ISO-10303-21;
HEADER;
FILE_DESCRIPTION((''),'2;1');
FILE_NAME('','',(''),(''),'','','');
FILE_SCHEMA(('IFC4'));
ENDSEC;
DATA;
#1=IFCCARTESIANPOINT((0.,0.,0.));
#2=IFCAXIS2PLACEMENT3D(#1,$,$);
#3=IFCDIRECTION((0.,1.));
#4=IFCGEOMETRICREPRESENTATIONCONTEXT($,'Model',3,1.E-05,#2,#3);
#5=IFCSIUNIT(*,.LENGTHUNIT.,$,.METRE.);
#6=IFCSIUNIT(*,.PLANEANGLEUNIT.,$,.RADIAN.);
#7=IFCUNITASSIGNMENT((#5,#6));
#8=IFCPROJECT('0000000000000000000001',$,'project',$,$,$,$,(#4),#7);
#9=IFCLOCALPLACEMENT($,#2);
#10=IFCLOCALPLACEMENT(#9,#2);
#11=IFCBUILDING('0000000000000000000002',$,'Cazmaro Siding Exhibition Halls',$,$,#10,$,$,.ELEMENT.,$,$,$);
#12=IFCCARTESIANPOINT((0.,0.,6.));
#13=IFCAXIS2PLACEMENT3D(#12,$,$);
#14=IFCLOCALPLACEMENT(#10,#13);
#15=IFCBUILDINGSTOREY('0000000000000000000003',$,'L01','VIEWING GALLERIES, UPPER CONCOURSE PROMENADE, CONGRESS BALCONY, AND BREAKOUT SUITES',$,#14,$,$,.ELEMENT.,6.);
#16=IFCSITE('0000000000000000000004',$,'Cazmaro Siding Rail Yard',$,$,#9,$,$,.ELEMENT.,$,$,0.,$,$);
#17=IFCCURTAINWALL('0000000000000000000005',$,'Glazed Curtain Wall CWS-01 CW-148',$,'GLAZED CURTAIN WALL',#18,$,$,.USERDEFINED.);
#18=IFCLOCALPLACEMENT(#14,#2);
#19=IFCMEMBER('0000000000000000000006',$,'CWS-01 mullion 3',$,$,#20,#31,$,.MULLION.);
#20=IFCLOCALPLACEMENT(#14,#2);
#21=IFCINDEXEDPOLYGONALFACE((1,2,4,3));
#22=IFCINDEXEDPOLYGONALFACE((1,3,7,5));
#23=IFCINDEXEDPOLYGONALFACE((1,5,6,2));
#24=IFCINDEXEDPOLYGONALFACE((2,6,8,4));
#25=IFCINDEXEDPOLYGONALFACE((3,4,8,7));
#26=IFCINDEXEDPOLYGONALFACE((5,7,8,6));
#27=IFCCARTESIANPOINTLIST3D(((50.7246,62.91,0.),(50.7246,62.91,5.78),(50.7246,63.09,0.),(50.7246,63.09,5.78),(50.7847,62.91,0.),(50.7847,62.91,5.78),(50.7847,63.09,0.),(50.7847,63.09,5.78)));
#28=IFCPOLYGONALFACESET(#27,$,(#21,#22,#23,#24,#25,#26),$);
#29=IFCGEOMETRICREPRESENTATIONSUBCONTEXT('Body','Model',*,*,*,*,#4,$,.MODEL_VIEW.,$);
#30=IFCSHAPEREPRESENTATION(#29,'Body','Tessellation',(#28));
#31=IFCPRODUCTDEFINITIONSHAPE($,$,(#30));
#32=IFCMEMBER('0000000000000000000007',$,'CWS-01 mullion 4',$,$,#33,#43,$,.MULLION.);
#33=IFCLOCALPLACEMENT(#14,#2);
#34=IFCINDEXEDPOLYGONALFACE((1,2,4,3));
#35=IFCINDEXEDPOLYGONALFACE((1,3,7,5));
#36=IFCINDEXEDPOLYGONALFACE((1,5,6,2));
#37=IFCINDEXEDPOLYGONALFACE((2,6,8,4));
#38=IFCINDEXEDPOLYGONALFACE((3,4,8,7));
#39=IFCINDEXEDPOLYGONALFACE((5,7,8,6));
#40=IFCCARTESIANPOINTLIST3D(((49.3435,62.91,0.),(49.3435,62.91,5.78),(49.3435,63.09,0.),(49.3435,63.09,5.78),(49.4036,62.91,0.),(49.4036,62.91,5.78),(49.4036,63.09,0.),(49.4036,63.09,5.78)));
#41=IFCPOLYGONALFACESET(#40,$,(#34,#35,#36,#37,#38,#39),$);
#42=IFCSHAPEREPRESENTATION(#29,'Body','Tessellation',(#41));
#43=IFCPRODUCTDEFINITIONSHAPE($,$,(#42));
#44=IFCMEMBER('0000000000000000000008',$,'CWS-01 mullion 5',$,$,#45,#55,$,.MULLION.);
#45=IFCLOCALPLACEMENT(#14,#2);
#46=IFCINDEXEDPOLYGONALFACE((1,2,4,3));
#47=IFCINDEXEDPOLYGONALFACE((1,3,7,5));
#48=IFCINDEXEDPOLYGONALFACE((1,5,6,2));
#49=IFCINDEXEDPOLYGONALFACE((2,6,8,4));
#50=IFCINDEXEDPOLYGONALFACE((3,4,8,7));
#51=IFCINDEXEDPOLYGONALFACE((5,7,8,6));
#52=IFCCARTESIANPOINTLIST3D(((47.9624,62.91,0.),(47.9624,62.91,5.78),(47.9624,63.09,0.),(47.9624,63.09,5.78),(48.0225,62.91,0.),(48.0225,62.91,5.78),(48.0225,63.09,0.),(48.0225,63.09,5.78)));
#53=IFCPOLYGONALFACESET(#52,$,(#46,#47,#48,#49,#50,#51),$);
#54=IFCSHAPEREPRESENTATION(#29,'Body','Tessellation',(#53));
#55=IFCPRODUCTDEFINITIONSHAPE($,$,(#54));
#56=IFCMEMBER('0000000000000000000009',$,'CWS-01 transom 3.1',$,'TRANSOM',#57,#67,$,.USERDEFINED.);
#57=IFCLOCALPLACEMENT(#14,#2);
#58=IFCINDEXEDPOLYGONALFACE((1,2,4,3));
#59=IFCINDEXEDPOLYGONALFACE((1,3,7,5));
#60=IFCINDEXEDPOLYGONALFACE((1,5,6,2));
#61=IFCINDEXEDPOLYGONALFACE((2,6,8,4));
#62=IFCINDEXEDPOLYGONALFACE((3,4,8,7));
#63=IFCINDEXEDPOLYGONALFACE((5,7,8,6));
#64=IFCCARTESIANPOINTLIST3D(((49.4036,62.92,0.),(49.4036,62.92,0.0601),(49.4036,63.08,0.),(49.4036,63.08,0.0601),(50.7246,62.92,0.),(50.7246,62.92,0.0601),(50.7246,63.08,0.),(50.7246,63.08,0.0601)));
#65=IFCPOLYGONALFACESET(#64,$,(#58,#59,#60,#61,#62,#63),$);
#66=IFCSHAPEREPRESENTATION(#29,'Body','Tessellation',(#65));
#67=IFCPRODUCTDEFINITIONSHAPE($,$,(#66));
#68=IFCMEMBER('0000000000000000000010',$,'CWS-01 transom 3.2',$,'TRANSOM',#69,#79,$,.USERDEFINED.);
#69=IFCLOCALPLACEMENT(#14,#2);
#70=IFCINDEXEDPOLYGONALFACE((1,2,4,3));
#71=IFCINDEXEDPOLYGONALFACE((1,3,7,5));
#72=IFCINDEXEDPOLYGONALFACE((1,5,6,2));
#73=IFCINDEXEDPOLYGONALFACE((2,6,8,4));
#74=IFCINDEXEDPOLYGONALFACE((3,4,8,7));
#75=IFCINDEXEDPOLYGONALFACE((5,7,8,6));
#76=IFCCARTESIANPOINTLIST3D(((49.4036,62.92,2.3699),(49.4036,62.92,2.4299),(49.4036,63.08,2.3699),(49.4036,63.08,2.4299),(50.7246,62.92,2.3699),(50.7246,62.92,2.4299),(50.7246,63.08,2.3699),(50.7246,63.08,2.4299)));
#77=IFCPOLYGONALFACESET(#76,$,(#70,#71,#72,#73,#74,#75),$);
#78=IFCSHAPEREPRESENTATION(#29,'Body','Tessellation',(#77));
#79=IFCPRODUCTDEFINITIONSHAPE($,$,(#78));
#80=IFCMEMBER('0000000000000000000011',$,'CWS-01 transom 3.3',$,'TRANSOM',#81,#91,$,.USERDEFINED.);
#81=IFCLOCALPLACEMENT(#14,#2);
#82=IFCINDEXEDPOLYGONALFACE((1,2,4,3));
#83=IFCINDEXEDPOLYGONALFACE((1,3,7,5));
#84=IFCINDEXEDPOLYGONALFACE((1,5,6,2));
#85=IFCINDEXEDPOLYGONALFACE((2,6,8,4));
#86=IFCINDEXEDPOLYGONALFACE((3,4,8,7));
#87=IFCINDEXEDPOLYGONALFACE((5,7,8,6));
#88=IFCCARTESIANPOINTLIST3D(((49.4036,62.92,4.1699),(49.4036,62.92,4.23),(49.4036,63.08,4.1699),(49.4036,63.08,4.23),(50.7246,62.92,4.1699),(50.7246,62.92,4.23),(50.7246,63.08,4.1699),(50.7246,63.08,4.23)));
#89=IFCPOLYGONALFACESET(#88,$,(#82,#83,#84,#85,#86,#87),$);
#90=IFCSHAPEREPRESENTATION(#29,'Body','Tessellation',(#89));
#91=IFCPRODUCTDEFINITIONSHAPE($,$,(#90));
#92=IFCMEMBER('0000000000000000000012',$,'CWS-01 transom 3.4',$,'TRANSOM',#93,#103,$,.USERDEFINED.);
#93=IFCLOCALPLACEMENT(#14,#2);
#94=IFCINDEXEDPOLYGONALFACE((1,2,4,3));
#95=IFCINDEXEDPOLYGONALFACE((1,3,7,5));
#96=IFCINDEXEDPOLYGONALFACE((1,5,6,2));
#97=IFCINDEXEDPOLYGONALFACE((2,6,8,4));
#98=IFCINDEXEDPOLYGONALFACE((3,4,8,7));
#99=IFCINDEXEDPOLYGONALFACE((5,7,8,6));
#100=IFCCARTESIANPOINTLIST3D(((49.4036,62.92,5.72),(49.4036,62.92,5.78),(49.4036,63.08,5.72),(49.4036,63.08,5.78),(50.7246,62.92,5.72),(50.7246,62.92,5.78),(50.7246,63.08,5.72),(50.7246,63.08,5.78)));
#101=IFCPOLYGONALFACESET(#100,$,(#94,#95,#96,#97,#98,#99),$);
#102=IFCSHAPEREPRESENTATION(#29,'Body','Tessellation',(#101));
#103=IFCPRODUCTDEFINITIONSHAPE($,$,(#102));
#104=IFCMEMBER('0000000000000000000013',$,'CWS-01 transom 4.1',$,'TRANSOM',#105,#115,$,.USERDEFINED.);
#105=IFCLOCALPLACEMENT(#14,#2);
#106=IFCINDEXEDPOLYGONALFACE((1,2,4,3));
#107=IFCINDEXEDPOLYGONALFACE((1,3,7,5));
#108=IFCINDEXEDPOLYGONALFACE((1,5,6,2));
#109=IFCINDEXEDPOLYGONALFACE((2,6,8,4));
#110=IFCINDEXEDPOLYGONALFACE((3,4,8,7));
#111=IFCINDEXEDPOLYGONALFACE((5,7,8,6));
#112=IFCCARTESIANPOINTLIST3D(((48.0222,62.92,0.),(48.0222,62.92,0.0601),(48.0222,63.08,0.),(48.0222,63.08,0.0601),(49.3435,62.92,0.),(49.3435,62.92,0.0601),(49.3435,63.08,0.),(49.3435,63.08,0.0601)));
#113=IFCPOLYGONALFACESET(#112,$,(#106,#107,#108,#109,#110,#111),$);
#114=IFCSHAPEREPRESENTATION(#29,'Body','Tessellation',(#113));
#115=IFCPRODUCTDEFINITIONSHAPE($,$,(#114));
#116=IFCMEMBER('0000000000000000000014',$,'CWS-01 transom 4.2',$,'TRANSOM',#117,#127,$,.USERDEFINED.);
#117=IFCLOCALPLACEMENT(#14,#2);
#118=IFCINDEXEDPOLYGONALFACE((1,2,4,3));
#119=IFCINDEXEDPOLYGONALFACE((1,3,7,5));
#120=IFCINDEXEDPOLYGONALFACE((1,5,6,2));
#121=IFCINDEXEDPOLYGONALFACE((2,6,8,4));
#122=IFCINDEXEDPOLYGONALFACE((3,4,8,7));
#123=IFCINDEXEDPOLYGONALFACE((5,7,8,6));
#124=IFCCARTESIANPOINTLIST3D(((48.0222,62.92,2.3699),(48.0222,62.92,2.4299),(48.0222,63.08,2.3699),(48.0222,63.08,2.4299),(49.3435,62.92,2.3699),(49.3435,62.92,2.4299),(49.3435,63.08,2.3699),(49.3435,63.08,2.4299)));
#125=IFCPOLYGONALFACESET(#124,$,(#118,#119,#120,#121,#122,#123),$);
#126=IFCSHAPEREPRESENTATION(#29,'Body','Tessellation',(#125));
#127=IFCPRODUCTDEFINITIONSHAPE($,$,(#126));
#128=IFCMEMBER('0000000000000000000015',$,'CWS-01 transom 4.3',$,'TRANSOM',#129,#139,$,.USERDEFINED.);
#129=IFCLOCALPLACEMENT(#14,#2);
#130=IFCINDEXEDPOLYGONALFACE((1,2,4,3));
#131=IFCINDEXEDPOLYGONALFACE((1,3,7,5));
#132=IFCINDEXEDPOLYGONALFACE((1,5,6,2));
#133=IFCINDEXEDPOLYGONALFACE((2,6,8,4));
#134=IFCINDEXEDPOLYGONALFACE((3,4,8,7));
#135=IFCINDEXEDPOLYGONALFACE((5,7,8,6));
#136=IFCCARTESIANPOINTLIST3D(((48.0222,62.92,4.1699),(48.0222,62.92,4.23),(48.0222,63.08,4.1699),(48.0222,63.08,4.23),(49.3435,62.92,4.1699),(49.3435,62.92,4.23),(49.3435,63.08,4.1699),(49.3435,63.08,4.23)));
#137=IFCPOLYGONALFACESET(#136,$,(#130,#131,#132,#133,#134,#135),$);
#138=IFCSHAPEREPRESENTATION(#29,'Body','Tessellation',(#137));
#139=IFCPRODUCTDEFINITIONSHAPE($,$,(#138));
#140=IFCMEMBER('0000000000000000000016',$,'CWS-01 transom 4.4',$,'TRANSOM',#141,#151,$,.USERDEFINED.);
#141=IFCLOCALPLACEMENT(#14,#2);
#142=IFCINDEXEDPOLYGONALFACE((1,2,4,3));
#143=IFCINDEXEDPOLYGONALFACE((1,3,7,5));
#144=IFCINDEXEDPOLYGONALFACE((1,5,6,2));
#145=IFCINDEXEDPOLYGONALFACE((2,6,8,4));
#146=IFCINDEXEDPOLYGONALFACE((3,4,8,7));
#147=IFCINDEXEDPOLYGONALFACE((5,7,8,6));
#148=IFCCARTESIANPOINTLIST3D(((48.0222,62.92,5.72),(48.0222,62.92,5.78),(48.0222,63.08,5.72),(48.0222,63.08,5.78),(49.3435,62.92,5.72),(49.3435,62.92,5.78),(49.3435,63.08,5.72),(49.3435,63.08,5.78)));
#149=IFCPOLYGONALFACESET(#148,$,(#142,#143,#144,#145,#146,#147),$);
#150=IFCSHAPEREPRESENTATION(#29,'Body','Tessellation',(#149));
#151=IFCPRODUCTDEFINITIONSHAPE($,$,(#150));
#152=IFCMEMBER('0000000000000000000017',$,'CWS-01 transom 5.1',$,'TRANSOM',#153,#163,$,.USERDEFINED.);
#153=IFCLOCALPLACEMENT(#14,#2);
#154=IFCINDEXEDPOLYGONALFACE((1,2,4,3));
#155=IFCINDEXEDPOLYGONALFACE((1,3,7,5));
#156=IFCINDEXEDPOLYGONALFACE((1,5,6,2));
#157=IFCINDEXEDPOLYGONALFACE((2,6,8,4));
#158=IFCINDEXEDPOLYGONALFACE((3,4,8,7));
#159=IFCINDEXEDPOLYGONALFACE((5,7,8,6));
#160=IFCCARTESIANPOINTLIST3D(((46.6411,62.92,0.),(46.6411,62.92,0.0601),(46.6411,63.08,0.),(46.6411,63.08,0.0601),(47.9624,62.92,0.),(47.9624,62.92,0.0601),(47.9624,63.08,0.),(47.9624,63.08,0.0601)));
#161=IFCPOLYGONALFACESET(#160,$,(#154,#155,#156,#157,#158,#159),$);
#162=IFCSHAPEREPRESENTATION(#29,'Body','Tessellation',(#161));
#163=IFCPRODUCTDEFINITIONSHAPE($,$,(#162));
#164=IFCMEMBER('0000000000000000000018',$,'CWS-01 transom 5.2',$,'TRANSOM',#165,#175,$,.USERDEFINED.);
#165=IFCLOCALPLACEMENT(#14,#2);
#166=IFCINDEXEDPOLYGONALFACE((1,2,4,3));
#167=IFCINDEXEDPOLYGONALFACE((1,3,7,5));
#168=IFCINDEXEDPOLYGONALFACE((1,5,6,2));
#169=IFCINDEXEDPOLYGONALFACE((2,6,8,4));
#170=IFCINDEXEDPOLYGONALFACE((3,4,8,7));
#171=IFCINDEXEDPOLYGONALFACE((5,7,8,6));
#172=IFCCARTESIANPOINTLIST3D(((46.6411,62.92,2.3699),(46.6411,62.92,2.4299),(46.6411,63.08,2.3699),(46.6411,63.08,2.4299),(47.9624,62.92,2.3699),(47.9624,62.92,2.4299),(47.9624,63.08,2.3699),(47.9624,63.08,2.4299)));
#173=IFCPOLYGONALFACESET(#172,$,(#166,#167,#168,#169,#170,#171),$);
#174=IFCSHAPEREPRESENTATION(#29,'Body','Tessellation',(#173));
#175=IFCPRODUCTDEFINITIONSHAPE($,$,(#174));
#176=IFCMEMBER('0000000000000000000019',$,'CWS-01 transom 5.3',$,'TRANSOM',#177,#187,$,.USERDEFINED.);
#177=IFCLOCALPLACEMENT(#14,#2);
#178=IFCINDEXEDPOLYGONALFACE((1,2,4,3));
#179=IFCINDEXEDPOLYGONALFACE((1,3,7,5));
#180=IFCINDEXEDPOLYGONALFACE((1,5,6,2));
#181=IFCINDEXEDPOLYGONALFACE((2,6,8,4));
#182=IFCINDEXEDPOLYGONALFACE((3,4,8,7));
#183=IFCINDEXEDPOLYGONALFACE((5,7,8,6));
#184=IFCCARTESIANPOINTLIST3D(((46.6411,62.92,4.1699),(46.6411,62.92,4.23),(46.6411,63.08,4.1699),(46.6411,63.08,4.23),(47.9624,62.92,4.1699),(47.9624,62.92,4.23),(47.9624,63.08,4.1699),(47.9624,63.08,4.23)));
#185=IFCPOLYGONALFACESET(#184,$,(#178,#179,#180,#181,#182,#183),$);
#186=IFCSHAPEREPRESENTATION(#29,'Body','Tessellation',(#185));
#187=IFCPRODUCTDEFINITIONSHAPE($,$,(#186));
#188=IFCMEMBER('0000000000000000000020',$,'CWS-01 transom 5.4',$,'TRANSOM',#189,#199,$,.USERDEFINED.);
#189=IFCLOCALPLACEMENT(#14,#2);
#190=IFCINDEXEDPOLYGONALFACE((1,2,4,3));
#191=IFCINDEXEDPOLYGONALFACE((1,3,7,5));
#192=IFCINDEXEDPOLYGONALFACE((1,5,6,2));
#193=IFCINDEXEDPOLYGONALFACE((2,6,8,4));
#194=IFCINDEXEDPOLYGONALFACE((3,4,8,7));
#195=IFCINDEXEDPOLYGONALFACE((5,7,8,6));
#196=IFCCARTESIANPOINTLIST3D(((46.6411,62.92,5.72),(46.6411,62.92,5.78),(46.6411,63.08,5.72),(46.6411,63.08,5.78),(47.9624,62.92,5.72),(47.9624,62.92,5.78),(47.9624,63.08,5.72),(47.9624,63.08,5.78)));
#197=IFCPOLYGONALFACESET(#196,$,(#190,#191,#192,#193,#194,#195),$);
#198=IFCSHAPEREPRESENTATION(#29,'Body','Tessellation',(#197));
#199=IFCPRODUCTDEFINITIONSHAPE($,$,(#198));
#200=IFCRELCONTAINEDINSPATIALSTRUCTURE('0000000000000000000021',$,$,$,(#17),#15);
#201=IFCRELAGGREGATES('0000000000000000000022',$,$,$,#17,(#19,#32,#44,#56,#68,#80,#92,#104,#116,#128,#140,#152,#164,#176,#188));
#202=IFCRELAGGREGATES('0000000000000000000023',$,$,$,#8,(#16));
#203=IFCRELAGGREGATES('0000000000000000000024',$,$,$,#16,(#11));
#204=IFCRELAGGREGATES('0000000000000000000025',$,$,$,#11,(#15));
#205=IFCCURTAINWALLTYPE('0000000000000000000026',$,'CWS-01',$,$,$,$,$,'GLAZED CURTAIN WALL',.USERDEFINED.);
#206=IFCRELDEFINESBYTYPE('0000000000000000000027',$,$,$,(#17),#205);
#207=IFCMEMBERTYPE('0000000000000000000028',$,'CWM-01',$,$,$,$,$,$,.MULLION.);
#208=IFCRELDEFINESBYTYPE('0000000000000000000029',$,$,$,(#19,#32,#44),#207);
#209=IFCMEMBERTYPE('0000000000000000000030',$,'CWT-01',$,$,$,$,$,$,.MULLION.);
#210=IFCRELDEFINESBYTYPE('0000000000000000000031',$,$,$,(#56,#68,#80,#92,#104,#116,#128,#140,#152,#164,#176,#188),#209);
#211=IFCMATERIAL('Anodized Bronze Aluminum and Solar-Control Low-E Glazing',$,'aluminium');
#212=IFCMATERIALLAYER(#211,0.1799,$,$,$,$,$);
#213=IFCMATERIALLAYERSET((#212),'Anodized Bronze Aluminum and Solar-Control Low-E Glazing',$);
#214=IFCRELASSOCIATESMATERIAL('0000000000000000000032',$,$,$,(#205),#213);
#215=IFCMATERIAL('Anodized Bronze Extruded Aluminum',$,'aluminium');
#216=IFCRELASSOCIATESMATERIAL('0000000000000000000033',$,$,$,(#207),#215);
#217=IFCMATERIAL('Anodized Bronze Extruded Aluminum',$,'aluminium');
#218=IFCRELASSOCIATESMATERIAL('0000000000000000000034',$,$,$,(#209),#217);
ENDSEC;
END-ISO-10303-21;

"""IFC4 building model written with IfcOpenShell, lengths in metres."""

from ifc_helpers import new_model, si_unit, direction, frame, origin, origin_2d, place, context, subcontext, project, spatial, rectangle, extrude, material, layer, layer_set, material_profile, profile_set, type_object, element, aggregate, save


model = new_model("IFC4")

# Units and contexts
model_context = context("Model", 3, precision=1e-05, world=origin(), true_north=direction((0.0, 1.0)))
body_context = subcontext(model_context, "Body", "Model", "MODEL_VIEW")
ifc_project = project(units=[si_unit("LENGTHUNIT", "METRE"), si_unit("PLANEANGLEUNIT", "RADIAN")], contexts=[model_context])

# Site, building, storey
site_placement = place(None, origin())
site = spatial("IfcSite", under=ifc_project, at=site_placement, Name="Cazmaro Siding Rail Yard", CompositionType="ELEMENT", RefElevation=0.0)
building_placement = place(site_placement, origin())
building = spatial("IfcBuilding", under=site, at=building_placement, Name="Cazmaro Siding Exhibition Halls", CompositionType="ELEMENT")
storey_placement = place(building_placement, frame((0.0, 0.0, 6.0)))
storey = spatial("IfcBuildingStorey", under=building, at=storey_placement, Name="L01", Description="VIEWING GALLERIES, UPPER CONCOURSE PROMENADE, CONGRESS BALCONY, AND BREAKOUT SUITES", CompositionType="ELEMENT", Elevation=6.0)

# Curtain wall, members
ifc_material_1 = material(Name="Anodized Bronze Aluminum and Solar-Control Low-E Glazing", Category="aluminium")
ifc_layer_1 = layer(ifc_material_1, 0.1799)
ifc_layer_set_1 = layer_set([ifc_layer_1], Name="Anodized Bronze Aluminum and Solar-Control Low-E Glazing")
curtain_wall_type = type_object("IfcCurtainWallType", Name="CWS-01", ElementType="GLAZED CURTAIN WALL", PredefinedType="USERDEFINED", material=ifc_layer_set_1)
curtain_wall_placement = place(storey_placement, origin())
curtain_wall = element("IfcCurtainWall", 1, at=curtain_wall_placement, inside=storey, type_object=curtain_wall_type, Name="Glazed Curtain Wall CWS-01 CW-148", ObjectType="GLAZED CURTAIN WALL", PredefinedType="USERDEFINED")
ifc_material_2 = material(Name="Anodized Bronze Extruded Aluminum", Category="aluminium")
ifc_material_profile_1 = material_profile(ifc_material_2, rectangle(XDim=0.1799, YDim=0.0601, at=origin_2d()), Name="CWM-01")
ifc_profile_set_1 = profile_set([ifc_material_profile_1], Name="Anodized Bronze Extruded Aluminum")
member_type_1 = type_object("IfcMemberType", Name="CWM-01", PredefinedType="MULLION", material=ifc_profile_set_1)
member_1_placement = place(storey_placement, frame((50.7546, 63.0, 0.0), z_axis=(0.0, 0.0, 1.0), x_axis=(0.0, -1.0, 0.0)))
member_1 = element("IfcMember", 2, at=member_1_placement, type_object=member_type_1, Name="CWS-01 mullion 3", PredefinedType="MULLION", context=body_context, shape_type="SweptSolid", body=[
    extrude(rectangle(XDim=0.1799, YDim=0.0601, at=origin_2d()), origin(), (0.0, 0.0, 1.0), 5.78),
])
member_2_placement = place(storey_placement, frame((49.3735, 63.0, 0.0), z_axis=(0.0, 0.0, 1.0), x_axis=(0.0, -1.0, 0.0)))
member_2 = element("IfcMember", 3, at=member_2_placement, type_object=member_type_1, Name="CWS-01 mullion 4", PredefinedType="MULLION", context=body_context, shape_type="SweptSolid", body=[
    extrude(rectangle(XDim=0.1799, YDim=0.0601, at=origin_2d()), origin(), (0.0, 0.0, 1.0), 5.78),
])
member_3_placement = place(storey_placement, frame((47.9924, 63.0, 0.0), z_axis=(0.0, 0.0, 1.0), x_axis=(0.0, -1.0, 0.0)))
member_3 = element("IfcMember", 4, at=member_3_placement, type_object=member_type_1, Name="CWS-01 mullion 5", PredefinedType="MULLION", context=body_context, shape_type="SweptSolid", body=[
    extrude(rectangle(XDim=0.1799, YDim=0.0601, at=origin_2d()), origin(), (0.0, 0.0, 1.0), 5.78),
])
ifc_material_3 = material(Name="Anodized Bronze Extruded Aluminum", Category="aluminium")
ifc_material_profile_2 = material_profile(ifc_material_3, rectangle(XDim=0.1599, YDim=0.0601, at=origin_2d()), Name="CWT-01")
ifc_profile_set_2 = profile_set([ifc_material_profile_2], Name="Anodized Bronze Extruded Aluminum")
member_type_2 = type_object("IfcMemberType", Name="CWT-01", PredefinedType="MULLION", material=ifc_profile_set_2)
member_4_placement = place(storey_placement, frame((50.7246, 63.0, 0.03), z_axis=(-1.0, 0.0, 0.0), x_axis=(0.0, -1.0, 0.0)))
member_4 = element("IfcMember", 5, at=member_4_placement, type_object=member_type_2, Name="CWS-01 transom 3.1", ObjectType="TRANSOM", PredefinedType="USERDEFINED", context=body_context, shape_type="SweptSolid", body=[
    extrude(rectangle(XDim=0.1599, YDim=0.0601, at=origin_2d()), origin(), (0.0, 0.0, 1.0), 1.321),
])
member_5_placement = place(storey_placement, frame((50.7246, 63.0, 2.3999), z_axis=(-1.0, 0.0, 0.0), x_axis=(0.0, -1.0, 0.0)))
member_5 = element("IfcMember", 6, at=member_5_placement, type_object=member_type_2, Name="CWS-01 transom 3.2", ObjectType="TRANSOM", PredefinedType="USERDEFINED", context=body_context, shape_type="SweptSolid", body=[
    extrude(rectangle(XDim=0.1599, YDim=0.0601, at=origin_2d()), origin(), (0.0, 0.0, 1.0), 1.321),
])
member_6_placement = place(storey_placement, frame((50.7246, 63.0, 4.2), z_axis=(-1.0, 0.0, 0.0), x_axis=(0.0, -1.0, 0.0)))
member_6 = element("IfcMember", 7, at=member_6_placement, type_object=member_type_2, Name="CWS-01 transom 3.3", ObjectType="TRANSOM", PredefinedType="USERDEFINED", context=body_context, shape_type="SweptSolid", body=[
    extrude(rectangle(XDim=0.1599, YDim=0.0601, at=origin_2d()), origin(), (0.0, 0.0, 1.0), 1.321),
])
member_7_placement = place(storey_placement, frame((50.7246, 63.0, 5.75), z_axis=(-1.0, 0.0, 0.0), x_axis=(0.0, -1.0, 0.0)))
member_7 = element("IfcMember", 8, at=member_7_placement, type_object=member_type_2, Name="CWS-01 transom 3.4", ObjectType="TRANSOM", PredefinedType="USERDEFINED", context=body_context, shape_type="SweptSolid", body=[
    extrude(rectangle(XDim=0.1599, YDim=0.0601, at=origin_2d()), origin(), (0.0, 0.0, 1.0), 1.321),
])
member_8_placement = place(storey_placement, frame((49.3435, 63.0, 0.03), z_axis=(-1.0, 0.0, 0.0), x_axis=(0.0, -1.0, 0.0)))
member_8 = element("IfcMember", 9, at=member_8_placement, type_object=member_type_2, Name="CWS-01 transom 4.1", ObjectType="TRANSOM", PredefinedType="USERDEFINED", context=body_context, shape_type="SweptSolid", body=[
    extrude(rectangle(XDim=0.1599, YDim=0.0601, at=origin_2d()), origin(), (0.0, 0.0, 1.0), 1.3213),
])
member_9_placement = place(storey_placement, frame((49.3435, 63.0, 2.3999), z_axis=(-1.0, 0.0, 0.0), x_axis=(0.0, -1.0, 0.0)))
member_9 = element("IfcMember", 10, at=member_9_placement, type_object=member_type_2, Name="CWS-01 transom 4.2", ObjectType="TRANSOM", PredefinedType="USERDEFINED", context=body_context, shape_type="SweptSolid", body=[
    extrude(rectangle(XDim=0.1599, YDim=0.0601, at=origin_2d()), origin(), (0.0, 0.0, 1.0), 1.3213),
])
member_10_placement = place(storey_placement, frame((49.3435, 63.0, 4.2), z_axis=(-1.0, 0.0, 0.0), x_axis=(0.0, -1.0, 0.0)))
member_10 = element("IfcMember", 11, at=member_10_placement, type_object=member_type_2, Name="CWS-01 transom 4.3", ObjectType="TRANSOM", PredefinedType="USERDEFINED", context=body_context, shape_type="SweptSolid", body=[
    extrude(rectangle(XDim=0.1599, YDim=0.0601, at=origin_2d()), origin(), (0.0, 0.0, 1.0), 1.3213),
])
member_11_placement = place(storey_placement, frame((49.3435, 63.0, 5.75), z_axis=(-1.0, 0.0, 0.0), x_axis=(0.0, -1.0, 0.0)))
member_11 = element("IfcMember", 12, at=member_11_placement, type_object=member_type_2, Name="CWS-01 transom 4.4", ObjectType="TRANSOM", PredefinedType="USERDEFINED", context=body_context, shape_type="SweptSolid", body=[
    extrude(rectangle(XDim=0.1599, YDim=0.0601, at=origin_2d()), origin(), (0.0, 0.0, 1.0), 1.3213),
])
member_12_placement = place(storey_placement, frame((47.9624, 63.0, 0.03), z_axis=(-1.0, 0.0, 0.0), x_axis=(0.0, -1.0, 0.0)))
member_12 = element("IfcMember", 13, at=member_12_placement, type_object=member_type_2, Name="CWS-01 transom 5.1", ObjectType="TRANSOM", PredefinedType="USERDEFINED", context=body_context, shape_type="SweptSolid", body=[
    extrude(rectangle(XDim=0.1599, YDim=0.0601, at=origin_2d()), origin(), (0.0, 0.0, 1.0), 1.3213),
])
member_13_placement = place(storey_placement, frame((47.9624, 63.0, 2.3999), z_axis=(-1.0, 0.0, 0.0), x_axis=(0.0, -1.0, 0.0)))
member_13 = element("IfcMember", 14, at=member_13_placement, type_object=member_type_2, Name="CWS-01 transom 5.2", ObjectType="TRANSOM", PredefinedType="USERDEFINED", context=body_context, shape_type="SweptSolid", body=[
    extrude(rectangle(XDim=0.1599, YDim=0.0601, at=origin_2d()), origin(), (0.0, 0.0, 1.0), 1.3213),
])
member_14_placement = place(storey_placement, frame((47.9624, 63.0, 4.2), z_axis=(-1.0, 0.0, 0.0), x_axis=(0.0, -1.0, 0.0)))
member_14 = element("IfcMember", 15, at=member_14_placement, type_object=member_type_2, Name="CWS-01 transom 5.3", ObjectType="TRANSOM", PredefinedType="USERDEFINED", context=body_context, shape_type="SweptSolid", body=[
    extrude(rectangle(XDim=0.1599, YDim=0.0601, at=origin_2d()), origin(), (0.0, 0.0, 1.0), 1.3213),
])
member_15_placement = place(storey_placement, frame((47.9624, 63.0, 5.75), z_axis=(-1.0, 0.0, 0.0), x_axis=(0.0, -1.0, 0.0)))
member_15 = element("IfcMember", 16, at=member_15_placement, type_object=member_type_2, Name="CWS-01 transom 5.4", ObjectType="TRANSOM", PredefinedType="USERDEFINED", context=body_context, shape_type="SweptSolid", body=[
    extrude(rectangle(XDim=0.1599, YDim=0.0601, at=origin_2d()), origin(), (0.0, 0.0, 1.0), 1.3213),
])
aggregate(curtain_wall, [member_1, member_2, member_3, member_4, member_5, member_6, member_7, member_8, member_9, member_10, member_11, member_12, member_13, member_14, member_15])

save(model, "model.ifc")
